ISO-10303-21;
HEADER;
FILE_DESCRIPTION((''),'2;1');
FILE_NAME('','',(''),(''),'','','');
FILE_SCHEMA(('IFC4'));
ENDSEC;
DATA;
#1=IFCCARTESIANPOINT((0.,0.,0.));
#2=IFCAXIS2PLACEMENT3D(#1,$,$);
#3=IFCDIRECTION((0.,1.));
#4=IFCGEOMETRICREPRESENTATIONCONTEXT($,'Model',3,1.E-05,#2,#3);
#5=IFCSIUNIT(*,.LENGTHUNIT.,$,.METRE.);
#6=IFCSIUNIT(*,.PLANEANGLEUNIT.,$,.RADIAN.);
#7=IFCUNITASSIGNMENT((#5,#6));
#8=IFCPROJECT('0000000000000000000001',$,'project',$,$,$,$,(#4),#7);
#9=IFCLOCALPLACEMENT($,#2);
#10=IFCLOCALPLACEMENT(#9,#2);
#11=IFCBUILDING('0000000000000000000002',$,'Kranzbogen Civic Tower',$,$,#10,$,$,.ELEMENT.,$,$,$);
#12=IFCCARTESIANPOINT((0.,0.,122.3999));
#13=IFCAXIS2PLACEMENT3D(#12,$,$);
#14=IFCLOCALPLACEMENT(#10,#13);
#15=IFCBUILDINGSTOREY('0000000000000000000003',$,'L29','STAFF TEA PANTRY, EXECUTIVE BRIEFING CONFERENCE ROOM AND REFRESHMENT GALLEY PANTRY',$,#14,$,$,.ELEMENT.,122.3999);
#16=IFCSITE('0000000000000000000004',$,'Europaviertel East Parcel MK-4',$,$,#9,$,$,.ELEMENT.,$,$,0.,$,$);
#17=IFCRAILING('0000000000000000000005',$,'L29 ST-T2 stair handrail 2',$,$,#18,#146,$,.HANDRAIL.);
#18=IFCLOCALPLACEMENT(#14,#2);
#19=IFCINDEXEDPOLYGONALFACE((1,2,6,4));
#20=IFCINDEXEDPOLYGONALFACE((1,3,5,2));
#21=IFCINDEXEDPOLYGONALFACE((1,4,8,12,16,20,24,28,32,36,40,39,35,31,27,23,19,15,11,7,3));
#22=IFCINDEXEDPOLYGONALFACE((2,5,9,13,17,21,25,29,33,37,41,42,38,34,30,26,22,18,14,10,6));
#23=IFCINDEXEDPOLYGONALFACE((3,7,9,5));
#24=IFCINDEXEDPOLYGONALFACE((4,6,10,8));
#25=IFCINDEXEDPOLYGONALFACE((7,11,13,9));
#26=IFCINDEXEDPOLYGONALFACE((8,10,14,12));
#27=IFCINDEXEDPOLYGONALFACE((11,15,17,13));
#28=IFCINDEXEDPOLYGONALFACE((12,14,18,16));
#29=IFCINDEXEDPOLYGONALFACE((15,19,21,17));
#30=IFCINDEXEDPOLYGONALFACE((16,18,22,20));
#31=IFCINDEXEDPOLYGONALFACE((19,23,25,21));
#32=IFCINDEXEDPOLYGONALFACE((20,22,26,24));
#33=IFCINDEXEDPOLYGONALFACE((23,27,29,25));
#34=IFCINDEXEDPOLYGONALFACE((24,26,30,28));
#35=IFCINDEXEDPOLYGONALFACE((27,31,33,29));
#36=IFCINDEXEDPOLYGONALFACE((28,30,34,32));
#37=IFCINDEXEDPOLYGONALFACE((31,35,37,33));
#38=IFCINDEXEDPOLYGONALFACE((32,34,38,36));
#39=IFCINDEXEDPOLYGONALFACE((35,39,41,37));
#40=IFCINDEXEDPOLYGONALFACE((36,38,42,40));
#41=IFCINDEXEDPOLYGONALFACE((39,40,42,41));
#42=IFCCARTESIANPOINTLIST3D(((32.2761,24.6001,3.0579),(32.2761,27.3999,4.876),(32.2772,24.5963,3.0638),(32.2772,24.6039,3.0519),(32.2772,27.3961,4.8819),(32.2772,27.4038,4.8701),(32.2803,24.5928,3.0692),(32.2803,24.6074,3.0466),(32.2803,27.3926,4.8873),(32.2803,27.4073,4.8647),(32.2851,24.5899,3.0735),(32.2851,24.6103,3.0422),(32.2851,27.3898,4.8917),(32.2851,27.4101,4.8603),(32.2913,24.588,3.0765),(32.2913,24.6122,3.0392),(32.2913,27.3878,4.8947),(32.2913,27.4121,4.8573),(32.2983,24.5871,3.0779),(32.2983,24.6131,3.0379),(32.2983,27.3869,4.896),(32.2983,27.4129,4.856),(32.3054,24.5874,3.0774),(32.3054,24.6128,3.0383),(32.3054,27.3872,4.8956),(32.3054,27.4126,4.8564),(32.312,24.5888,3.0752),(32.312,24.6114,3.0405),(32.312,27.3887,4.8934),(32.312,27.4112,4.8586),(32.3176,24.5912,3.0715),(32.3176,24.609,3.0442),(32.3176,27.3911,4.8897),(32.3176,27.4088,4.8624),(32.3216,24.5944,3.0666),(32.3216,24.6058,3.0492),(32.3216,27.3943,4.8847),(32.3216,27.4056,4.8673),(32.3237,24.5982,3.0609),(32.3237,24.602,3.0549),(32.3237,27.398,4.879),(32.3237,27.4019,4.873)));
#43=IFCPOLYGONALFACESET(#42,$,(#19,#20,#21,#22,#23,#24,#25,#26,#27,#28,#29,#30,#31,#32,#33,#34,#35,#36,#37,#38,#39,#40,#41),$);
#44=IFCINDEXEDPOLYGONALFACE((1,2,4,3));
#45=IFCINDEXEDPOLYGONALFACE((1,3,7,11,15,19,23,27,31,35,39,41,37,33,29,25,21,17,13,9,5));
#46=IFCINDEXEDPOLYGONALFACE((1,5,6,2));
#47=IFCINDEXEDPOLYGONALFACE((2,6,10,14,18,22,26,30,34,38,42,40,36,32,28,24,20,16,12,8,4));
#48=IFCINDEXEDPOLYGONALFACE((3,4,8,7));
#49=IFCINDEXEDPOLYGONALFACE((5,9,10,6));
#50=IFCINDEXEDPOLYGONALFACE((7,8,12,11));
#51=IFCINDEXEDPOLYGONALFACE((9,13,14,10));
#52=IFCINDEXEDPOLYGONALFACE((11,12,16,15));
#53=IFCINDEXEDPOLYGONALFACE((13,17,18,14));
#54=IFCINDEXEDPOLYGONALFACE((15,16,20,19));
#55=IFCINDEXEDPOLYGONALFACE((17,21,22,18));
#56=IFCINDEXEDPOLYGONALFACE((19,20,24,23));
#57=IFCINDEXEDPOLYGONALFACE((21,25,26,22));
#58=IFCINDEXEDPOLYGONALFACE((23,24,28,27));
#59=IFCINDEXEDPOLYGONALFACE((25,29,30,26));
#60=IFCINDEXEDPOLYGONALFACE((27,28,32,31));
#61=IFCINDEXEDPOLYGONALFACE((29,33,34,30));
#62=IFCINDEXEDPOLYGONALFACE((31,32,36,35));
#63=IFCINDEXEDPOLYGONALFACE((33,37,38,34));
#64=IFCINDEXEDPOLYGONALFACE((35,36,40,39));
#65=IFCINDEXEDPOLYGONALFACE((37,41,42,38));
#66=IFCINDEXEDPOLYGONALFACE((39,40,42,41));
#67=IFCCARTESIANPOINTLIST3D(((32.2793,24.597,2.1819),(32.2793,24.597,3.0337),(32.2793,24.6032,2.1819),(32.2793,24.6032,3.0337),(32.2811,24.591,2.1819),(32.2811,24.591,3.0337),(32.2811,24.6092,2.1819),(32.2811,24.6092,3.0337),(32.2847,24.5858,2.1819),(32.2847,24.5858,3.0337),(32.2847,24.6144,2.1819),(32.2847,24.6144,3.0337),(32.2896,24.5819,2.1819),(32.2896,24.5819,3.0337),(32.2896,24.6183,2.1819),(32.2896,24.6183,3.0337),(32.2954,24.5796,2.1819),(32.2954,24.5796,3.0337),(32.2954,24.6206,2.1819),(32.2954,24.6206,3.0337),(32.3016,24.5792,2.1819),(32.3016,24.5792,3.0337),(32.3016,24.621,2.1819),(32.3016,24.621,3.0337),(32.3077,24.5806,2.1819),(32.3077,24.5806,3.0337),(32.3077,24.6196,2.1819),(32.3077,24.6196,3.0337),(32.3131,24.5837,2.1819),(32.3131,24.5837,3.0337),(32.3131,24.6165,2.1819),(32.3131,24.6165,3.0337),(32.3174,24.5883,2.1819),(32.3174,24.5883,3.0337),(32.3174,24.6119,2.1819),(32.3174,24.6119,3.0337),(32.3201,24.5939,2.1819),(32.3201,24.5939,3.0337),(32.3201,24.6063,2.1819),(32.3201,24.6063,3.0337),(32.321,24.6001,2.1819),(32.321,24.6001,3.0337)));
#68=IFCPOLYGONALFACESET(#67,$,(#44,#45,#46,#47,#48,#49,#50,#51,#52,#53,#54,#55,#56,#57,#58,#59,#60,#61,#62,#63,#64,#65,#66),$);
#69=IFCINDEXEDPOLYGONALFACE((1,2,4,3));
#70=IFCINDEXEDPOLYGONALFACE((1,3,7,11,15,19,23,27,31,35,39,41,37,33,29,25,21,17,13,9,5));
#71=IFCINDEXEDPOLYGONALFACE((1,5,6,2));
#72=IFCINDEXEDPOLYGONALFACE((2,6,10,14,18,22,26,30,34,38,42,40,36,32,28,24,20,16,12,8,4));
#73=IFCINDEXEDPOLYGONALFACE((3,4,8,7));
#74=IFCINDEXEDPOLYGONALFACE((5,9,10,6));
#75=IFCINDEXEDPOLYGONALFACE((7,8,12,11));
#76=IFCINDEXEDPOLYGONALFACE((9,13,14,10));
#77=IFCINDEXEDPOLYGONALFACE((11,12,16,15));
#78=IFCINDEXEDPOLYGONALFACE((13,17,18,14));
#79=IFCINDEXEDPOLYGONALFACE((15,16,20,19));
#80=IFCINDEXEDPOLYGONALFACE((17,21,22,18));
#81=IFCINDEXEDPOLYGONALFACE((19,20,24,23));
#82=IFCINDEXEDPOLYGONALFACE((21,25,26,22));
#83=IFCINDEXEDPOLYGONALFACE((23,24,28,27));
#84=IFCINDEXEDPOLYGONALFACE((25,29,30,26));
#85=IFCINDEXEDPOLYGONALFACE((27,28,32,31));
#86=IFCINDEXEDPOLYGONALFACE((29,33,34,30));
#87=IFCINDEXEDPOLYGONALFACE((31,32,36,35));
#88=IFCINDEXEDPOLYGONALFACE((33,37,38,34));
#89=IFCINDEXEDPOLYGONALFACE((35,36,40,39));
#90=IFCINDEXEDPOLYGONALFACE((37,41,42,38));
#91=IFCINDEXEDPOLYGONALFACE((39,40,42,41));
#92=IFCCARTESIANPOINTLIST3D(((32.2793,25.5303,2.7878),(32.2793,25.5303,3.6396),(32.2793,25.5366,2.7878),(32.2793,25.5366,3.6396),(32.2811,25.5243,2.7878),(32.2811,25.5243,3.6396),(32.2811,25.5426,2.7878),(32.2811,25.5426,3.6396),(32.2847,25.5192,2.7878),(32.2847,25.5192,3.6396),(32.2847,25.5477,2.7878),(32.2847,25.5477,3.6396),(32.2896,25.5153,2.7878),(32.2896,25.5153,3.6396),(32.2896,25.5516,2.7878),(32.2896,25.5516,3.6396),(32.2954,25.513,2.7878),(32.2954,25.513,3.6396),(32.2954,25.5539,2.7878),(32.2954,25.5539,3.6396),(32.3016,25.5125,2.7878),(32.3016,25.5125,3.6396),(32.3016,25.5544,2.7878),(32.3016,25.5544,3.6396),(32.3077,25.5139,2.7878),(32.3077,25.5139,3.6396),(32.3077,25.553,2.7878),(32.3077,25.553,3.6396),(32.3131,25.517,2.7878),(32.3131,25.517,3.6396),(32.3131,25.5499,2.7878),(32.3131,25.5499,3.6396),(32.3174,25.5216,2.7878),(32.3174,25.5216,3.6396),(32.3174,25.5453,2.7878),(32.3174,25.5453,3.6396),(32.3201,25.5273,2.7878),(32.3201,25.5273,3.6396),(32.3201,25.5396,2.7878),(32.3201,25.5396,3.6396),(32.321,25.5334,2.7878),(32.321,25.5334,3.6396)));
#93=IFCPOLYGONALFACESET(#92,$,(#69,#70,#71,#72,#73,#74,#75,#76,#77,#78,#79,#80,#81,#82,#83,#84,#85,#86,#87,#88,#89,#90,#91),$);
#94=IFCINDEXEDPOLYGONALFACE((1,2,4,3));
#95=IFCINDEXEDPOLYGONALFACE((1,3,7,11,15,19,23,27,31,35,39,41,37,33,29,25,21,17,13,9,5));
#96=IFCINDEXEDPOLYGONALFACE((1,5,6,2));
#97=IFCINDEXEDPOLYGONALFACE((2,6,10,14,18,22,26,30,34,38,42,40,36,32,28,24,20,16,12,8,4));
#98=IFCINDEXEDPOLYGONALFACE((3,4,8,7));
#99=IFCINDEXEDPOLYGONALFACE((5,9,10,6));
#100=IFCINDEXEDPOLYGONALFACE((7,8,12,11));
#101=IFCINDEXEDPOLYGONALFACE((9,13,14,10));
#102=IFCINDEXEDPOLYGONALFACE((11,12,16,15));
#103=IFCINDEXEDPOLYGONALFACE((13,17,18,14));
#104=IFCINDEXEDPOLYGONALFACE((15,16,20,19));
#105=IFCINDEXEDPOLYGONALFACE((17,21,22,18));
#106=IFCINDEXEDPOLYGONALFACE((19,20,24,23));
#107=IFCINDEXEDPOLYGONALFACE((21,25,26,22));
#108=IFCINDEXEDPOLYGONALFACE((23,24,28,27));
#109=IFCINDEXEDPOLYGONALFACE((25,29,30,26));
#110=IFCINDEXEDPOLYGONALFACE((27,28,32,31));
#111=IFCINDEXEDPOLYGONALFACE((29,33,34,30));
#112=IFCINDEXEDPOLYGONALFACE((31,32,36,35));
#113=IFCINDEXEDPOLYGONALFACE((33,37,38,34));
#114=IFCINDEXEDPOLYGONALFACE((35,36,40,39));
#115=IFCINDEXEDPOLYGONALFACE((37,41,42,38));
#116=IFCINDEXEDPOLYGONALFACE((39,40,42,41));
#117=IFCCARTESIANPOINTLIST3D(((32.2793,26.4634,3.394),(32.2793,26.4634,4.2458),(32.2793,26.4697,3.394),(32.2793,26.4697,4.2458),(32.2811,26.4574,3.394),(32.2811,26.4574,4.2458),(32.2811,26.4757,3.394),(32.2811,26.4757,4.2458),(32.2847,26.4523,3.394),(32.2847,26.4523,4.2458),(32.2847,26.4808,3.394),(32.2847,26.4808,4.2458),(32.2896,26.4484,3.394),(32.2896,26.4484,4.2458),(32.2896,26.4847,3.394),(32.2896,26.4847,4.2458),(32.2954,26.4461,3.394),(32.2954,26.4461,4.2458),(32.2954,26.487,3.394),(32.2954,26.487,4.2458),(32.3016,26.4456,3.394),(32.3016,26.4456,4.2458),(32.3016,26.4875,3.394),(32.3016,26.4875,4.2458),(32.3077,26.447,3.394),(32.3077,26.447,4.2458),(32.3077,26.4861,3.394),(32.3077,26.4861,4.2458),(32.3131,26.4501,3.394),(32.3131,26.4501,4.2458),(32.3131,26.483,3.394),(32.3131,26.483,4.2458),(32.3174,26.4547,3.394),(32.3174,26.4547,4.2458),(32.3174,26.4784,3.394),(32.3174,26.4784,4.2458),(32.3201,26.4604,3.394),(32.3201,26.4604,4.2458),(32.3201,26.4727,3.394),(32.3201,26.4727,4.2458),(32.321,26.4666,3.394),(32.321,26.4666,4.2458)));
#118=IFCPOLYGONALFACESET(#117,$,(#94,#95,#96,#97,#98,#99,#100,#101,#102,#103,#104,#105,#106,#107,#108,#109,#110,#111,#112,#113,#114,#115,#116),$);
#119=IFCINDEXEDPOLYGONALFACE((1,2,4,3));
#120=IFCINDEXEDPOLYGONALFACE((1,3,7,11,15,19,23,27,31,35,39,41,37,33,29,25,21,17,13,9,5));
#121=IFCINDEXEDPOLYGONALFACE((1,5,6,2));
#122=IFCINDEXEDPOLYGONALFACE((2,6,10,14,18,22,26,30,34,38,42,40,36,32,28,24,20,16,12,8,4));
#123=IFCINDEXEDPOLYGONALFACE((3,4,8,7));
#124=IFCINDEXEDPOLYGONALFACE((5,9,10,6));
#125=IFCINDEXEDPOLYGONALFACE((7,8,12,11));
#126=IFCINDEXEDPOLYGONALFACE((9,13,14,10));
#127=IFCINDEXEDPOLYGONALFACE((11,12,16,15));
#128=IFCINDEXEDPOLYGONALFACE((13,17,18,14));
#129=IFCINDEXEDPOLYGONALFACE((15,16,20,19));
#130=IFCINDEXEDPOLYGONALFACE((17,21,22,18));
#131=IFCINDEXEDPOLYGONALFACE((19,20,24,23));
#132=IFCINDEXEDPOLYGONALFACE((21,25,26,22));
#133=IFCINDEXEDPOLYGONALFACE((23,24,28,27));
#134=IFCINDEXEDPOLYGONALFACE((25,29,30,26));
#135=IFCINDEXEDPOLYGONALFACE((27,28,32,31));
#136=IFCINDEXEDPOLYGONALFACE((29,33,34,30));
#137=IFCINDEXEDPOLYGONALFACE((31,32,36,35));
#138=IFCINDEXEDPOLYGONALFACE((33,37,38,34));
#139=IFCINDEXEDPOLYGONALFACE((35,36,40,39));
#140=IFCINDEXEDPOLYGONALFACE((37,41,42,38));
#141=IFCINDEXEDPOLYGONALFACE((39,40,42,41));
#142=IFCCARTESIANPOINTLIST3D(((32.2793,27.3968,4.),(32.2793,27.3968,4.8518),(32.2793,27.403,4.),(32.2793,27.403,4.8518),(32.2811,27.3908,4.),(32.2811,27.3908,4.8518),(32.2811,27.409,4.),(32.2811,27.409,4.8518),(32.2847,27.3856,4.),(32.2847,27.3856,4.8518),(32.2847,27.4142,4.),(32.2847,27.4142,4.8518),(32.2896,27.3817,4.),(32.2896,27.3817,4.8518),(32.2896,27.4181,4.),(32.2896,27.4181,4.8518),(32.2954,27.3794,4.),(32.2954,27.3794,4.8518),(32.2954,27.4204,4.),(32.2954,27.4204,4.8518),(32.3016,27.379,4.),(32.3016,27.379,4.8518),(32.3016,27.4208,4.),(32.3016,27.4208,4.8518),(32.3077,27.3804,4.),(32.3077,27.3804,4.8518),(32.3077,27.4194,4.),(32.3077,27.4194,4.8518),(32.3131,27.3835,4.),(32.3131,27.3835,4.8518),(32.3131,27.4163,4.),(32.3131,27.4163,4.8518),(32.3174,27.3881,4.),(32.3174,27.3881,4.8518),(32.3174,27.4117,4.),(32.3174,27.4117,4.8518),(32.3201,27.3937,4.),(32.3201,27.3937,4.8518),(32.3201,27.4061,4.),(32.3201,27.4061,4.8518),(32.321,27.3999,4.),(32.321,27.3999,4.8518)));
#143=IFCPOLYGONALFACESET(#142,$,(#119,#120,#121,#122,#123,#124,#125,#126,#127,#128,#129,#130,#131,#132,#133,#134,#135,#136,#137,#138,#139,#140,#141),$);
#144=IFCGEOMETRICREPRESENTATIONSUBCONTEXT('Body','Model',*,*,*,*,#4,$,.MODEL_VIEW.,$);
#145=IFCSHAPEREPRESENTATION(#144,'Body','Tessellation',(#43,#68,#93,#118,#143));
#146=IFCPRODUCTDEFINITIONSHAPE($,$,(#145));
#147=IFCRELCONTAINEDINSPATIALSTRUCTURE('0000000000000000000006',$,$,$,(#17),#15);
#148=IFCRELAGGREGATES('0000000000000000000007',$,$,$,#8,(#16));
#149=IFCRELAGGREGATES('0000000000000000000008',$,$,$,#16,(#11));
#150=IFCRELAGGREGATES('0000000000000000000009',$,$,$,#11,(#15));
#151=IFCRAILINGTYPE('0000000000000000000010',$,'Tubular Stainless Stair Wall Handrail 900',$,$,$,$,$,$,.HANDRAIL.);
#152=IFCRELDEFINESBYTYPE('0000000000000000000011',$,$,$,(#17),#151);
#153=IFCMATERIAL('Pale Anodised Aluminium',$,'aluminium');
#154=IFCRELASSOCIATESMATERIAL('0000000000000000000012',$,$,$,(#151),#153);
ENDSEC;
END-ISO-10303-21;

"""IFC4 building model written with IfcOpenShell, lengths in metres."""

from ifc_helpers import new_model, si_unit, direction, frame, origin, origin_2d, place, context, subcontext, project, spatial, circle, extrude, material, type_object, element, save


model = new_model("IFC4")

# Units and contexts
model_context = context("Model", 3, precision=1e-05, world=origin(), true_north=direction((0.0, 1.0)))
body_context = subcontext(model_context, "Body", "Model", "MODEL_VIEW")
ifc_project = project(units=[si_unit("LENGTHUNIT", "METRE"), si_unit("PLANEANGLEUNIT", "RADIAN")], contexts=[model_context])

# Site, building, storey
site_placement = place(None, origin())
site = spatial("IfcSite", under=ifc_project, at=site_placement, Name="Europaviertel East Parcel MK-4", CompositionType="ELEMENT", RefElevation=0.0)
building_placement = place(site_placement, origin())
building = spatial("IfcBuilding", under=site, at=building_placement, Name="Kranzbogen Civic Tower", CompositionType="ELEMENT")
storey_placement = place(building_placement, frame((0.0, 0.0, 122.3999)))
storey = spatial("IfcBuildingStorey", under=building, at=storey_placement, Name="L29", Description="STAFF TEA PANTRY, EXECUTIVE BRIEFING CONFERENCE ROOM AND REFRESHMENT GALLEY PANTRY", CompositionType="ELEMENT", Elevation=122.3999)

# Shared definitions
ifc_material_1 = material(Name="Pale Anodised Aluminium", Category="aluminium")

# Railing
railing_type_1 = type_object("IfcRailingType", Name="Tubular Stainless Stair Wall Handrail 900", PredefinedType="HANDRAIL", material=ifc_material_1)
railing_1_placement = place(storey_placement, frame((32.3, 24.6001, 2.1819)))
element("IfcRailing", 1, at=railing_1_placement, inside=storey, type_object=railing_type_1, Name="L29 ST-T2 stair handrail 2", PredefinedType="HANDRAIL", context=body_context, shape_type="SweptSolid", body=[
    extrude(circle(Radius=0.0239, at=origin_2d()), frame((0.0, 0.0, 0.876), z_axis=(0.0, 0.838684, 0.544618), x_axis=(-1.0, 0.0, 0.0)), (0.0, 0.0, 1.0), 3.3384),
    extrude(circle(Radius=0.021, at=origin_2d()), origin(), (0.0, 0.0, 1.0), 0.8518),
    extrude(circle(Radius=0.021, at=origin_2d()), frame((0.0, 0.9333, 0.606)), (0.0, 0.0, 1.0), 0.8518),
    extrude(circle(Radius=0.021, at=origin_2d()), frame((0.0, 1.8665, 1.2122)), (0.0, 0.0, 1.0), 0.8518),
    extrude(circle(Radius=0.021, at=origin_2d()), frame((0.0, 2.7998, 1.8181)), (0.0, 0.0, 1.0), 0.8518),
])

save(model, "model.ifc")
